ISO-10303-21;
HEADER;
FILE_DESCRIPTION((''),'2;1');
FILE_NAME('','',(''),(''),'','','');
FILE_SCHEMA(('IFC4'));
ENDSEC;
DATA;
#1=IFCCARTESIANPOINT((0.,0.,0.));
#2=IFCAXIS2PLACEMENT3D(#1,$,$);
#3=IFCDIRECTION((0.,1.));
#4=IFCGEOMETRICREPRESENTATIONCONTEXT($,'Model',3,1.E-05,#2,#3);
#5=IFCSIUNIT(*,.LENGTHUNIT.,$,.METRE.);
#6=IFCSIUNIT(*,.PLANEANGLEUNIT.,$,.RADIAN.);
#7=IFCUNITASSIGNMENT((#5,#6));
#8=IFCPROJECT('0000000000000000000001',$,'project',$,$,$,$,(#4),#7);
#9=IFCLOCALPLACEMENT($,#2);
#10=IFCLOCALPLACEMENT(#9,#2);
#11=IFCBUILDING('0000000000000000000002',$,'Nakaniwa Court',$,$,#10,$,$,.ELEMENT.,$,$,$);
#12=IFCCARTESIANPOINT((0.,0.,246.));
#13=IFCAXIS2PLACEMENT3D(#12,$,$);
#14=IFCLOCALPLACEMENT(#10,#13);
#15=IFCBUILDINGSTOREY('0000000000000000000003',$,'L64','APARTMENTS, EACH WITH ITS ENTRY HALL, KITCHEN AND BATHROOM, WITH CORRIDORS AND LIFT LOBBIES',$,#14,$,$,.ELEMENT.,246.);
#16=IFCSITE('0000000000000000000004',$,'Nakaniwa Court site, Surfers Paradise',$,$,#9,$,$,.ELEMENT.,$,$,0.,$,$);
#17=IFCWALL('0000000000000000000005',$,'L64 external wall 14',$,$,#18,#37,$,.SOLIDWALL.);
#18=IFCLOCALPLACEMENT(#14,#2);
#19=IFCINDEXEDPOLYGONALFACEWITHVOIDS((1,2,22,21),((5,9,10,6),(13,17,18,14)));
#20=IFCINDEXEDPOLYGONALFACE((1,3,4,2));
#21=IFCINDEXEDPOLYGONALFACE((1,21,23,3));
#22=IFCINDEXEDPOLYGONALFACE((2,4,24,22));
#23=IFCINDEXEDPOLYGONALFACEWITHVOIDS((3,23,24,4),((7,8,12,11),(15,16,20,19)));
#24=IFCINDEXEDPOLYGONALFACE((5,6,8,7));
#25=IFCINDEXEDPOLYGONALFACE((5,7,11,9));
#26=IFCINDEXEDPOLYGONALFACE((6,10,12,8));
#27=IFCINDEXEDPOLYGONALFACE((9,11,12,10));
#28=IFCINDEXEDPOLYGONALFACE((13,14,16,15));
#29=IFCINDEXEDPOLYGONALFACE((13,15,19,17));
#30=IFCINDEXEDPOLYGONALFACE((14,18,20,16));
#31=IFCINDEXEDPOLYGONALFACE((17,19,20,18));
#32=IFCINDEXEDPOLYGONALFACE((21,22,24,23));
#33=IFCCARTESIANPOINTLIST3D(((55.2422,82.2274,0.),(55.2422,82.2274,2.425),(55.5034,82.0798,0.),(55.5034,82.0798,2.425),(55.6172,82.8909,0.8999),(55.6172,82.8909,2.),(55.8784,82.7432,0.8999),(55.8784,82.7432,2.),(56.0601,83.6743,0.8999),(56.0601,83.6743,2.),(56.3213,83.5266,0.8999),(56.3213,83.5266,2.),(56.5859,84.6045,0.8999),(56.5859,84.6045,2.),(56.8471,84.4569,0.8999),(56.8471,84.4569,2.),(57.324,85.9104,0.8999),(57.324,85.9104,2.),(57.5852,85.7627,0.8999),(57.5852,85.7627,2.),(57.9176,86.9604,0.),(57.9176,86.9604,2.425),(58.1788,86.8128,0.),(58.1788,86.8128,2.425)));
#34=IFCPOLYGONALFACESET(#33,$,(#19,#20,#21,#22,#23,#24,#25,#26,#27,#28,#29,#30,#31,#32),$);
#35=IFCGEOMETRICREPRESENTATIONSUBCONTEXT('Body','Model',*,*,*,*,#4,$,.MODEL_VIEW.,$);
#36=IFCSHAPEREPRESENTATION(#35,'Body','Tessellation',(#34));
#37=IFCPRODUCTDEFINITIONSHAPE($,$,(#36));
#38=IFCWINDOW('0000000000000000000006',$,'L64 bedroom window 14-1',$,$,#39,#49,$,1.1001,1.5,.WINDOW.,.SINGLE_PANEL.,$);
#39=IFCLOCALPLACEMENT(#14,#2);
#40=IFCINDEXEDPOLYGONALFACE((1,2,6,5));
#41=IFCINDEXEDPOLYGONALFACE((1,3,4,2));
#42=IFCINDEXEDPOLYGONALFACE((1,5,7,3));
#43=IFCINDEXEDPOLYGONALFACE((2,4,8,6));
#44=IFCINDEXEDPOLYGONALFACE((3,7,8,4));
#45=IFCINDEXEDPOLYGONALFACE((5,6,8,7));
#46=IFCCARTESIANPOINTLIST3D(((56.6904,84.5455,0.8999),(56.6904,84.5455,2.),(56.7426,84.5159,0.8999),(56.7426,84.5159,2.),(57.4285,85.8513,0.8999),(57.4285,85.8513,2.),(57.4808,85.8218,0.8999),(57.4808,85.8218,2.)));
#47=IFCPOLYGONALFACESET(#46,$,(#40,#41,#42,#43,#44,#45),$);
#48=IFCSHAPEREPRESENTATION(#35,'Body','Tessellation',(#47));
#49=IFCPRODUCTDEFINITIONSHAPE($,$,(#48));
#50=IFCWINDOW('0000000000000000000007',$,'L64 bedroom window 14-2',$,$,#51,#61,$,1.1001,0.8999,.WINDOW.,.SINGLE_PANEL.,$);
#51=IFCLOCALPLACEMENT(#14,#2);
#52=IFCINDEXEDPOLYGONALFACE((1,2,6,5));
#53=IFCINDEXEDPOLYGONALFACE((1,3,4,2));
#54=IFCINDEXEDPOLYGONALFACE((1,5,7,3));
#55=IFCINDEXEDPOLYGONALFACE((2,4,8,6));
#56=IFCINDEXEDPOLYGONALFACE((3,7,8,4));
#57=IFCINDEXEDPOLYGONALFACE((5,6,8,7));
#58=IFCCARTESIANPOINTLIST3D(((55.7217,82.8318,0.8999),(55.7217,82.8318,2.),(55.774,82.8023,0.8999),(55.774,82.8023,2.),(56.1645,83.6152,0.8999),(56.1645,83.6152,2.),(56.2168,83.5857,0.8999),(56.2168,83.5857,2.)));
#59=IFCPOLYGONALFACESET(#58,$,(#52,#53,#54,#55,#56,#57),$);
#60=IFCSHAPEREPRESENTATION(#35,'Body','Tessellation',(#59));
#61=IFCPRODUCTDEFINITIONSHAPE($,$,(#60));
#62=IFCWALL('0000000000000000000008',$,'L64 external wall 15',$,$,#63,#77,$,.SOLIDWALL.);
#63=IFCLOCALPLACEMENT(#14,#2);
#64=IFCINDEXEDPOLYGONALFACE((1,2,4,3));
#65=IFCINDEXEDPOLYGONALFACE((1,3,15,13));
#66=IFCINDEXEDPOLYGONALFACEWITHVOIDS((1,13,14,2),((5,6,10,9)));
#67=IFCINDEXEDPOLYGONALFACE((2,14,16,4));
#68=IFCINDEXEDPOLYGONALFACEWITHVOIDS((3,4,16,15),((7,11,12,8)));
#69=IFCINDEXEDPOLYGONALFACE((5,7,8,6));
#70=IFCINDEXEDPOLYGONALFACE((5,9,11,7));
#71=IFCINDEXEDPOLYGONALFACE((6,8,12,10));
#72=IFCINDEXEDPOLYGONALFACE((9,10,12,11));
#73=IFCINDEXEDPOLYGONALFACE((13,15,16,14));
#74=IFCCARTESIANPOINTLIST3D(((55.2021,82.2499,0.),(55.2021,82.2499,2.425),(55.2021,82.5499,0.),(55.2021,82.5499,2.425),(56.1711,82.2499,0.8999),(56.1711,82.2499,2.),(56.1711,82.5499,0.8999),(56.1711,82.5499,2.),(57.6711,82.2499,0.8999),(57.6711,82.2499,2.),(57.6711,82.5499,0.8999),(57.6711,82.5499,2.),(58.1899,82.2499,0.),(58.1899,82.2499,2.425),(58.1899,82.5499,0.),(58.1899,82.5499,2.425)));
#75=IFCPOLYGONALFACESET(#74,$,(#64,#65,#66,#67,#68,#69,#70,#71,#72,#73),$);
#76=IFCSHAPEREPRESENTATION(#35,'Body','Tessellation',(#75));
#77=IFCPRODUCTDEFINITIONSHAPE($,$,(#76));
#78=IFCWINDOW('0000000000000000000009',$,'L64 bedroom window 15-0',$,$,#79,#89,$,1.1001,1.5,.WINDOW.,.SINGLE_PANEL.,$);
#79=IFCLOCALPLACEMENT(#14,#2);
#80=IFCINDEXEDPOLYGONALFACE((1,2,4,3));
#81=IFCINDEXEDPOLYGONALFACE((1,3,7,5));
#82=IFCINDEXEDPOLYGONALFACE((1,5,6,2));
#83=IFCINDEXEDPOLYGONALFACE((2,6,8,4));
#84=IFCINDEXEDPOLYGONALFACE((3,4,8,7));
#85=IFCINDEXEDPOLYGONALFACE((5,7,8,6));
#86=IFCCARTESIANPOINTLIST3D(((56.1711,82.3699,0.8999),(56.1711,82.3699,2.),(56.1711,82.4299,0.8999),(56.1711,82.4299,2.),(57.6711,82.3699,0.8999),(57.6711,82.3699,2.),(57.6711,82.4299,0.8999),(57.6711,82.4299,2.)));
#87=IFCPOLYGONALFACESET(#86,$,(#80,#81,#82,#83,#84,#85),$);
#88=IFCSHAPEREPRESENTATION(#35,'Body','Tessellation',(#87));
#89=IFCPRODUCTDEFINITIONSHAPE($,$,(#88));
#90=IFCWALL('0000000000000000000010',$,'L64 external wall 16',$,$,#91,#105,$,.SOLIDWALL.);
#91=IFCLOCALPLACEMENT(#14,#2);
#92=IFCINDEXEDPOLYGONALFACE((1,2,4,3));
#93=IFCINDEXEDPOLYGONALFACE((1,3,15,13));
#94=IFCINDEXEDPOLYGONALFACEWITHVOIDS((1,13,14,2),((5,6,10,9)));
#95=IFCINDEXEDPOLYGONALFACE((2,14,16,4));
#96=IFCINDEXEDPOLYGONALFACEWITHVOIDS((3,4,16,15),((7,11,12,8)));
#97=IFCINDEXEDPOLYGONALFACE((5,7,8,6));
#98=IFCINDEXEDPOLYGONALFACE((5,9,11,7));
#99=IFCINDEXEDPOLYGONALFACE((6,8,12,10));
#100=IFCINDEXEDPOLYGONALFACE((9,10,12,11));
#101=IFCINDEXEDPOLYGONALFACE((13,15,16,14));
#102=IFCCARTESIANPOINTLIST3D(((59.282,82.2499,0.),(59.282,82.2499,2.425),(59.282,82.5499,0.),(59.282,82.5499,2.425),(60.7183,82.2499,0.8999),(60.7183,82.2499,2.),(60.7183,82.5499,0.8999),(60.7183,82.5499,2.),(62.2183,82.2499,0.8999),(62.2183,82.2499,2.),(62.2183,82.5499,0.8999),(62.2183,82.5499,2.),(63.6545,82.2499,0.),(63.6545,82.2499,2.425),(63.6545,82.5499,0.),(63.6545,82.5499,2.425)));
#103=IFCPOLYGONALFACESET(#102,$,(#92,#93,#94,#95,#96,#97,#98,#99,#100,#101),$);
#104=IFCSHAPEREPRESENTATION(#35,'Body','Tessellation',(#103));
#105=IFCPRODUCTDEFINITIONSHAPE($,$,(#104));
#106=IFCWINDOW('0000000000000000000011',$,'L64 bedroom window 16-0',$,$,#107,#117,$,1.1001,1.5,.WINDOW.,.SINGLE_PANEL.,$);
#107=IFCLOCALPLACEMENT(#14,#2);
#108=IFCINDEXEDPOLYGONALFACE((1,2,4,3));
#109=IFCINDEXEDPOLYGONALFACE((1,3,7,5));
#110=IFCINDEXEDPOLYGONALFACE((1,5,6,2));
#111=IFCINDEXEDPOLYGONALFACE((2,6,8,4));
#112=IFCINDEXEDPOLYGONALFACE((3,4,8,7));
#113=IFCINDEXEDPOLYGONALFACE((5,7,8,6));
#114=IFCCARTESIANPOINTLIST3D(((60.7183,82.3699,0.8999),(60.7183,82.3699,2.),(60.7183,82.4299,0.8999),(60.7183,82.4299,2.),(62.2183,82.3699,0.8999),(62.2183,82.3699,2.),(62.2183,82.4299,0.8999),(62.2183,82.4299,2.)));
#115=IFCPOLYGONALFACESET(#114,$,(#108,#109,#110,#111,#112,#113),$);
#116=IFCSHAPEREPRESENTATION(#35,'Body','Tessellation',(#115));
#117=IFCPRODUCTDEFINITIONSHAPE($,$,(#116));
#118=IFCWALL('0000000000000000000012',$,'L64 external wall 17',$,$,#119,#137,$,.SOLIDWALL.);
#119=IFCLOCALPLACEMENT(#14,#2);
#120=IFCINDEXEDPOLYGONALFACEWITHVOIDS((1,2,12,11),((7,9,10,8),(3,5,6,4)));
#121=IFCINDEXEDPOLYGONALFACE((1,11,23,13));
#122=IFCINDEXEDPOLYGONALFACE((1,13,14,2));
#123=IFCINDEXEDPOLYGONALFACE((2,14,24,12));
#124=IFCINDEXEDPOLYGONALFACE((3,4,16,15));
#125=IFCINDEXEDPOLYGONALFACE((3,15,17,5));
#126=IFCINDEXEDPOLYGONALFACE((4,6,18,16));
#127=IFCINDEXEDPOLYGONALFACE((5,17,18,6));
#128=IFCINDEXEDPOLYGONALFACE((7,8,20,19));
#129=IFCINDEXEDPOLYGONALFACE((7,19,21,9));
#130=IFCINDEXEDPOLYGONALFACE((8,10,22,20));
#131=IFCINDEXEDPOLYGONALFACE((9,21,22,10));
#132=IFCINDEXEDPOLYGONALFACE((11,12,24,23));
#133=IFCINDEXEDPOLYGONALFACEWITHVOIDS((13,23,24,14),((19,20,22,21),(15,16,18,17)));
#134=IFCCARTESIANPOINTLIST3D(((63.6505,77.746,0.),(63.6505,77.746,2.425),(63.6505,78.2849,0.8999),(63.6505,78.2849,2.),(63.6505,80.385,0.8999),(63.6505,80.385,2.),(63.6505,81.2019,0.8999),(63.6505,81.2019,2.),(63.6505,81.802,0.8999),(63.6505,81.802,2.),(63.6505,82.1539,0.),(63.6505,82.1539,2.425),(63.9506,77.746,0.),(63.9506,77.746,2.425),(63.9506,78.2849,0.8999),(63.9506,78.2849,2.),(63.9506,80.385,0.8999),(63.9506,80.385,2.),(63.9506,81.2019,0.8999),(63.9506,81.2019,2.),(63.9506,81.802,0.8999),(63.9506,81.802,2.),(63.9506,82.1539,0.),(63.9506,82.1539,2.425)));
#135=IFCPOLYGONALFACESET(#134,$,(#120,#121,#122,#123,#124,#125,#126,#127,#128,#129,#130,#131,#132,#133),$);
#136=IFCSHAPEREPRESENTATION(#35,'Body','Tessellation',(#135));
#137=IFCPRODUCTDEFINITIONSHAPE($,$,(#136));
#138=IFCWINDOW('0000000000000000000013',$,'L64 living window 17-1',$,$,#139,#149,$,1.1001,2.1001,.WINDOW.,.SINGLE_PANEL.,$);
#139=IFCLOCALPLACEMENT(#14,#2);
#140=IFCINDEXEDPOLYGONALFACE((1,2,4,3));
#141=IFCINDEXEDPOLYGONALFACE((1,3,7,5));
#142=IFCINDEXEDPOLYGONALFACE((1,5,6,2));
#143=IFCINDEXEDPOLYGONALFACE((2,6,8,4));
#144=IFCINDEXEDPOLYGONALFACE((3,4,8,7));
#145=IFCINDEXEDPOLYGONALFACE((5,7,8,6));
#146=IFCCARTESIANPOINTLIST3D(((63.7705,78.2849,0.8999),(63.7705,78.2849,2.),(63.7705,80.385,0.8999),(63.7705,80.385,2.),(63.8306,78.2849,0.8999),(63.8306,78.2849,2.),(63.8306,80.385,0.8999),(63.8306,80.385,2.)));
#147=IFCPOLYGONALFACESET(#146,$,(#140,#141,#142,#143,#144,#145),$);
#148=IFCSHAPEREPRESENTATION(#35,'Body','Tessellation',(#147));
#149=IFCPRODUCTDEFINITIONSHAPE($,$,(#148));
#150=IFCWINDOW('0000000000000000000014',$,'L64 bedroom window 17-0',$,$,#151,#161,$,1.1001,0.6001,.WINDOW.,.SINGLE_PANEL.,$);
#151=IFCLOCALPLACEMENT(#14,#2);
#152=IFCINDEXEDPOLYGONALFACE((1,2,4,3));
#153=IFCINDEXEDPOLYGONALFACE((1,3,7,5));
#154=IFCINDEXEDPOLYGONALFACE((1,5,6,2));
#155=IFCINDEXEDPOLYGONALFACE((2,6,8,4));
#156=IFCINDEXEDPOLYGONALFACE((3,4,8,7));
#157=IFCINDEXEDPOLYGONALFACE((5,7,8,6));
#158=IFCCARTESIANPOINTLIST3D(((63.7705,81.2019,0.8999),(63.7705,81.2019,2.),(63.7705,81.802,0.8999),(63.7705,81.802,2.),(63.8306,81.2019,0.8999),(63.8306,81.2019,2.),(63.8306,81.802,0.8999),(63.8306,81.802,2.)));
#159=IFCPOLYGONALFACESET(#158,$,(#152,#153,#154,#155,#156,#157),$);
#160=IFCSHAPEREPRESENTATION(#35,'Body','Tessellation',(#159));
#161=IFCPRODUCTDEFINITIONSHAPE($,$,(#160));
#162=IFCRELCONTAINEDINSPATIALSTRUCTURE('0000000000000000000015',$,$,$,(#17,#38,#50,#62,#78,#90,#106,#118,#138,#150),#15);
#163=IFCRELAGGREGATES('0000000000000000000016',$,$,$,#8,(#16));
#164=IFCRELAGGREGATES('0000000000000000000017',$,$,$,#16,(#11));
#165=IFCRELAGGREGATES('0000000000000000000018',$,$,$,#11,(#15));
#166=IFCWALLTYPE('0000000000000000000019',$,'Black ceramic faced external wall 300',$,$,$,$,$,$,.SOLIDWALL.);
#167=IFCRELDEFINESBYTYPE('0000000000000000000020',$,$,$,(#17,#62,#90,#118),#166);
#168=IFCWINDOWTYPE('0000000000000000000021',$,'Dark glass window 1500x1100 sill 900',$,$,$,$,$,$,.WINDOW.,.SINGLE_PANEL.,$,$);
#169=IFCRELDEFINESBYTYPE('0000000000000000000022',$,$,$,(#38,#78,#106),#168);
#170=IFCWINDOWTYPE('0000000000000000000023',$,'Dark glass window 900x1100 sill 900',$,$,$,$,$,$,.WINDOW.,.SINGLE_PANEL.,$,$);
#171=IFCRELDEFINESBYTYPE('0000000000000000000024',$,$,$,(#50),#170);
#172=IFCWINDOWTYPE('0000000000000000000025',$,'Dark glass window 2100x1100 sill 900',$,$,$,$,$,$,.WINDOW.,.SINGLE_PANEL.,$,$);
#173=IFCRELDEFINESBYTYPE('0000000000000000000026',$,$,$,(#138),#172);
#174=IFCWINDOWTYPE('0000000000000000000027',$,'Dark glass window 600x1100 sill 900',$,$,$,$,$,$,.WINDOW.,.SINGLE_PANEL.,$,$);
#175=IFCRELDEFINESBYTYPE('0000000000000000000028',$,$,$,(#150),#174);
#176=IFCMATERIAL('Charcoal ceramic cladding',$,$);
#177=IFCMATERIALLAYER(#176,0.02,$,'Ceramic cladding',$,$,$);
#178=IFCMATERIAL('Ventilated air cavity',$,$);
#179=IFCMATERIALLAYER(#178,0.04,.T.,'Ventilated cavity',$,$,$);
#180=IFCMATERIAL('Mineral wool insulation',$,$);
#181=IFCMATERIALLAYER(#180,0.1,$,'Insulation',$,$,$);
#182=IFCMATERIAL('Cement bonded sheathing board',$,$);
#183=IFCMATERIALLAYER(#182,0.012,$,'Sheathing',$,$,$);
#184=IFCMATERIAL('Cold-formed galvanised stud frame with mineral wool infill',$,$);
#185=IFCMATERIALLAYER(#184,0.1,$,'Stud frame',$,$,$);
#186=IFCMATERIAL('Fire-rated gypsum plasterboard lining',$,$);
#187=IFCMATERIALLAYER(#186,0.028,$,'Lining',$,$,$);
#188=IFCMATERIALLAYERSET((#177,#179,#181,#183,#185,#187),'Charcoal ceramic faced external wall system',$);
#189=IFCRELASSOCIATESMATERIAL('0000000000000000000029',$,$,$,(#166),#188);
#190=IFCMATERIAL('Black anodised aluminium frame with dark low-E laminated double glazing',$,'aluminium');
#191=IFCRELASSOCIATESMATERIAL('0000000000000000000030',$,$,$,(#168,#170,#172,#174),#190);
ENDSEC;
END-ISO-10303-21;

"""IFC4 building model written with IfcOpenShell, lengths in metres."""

from ifc_helpers import new_model, si_unit, direction, frame, frame_2d, origin, place, context, subcontext, project, spatial, rectangle, extrude, material, layer, layer_set, type_object, element, fill, save


model = new_model("IFC4")

# Units and contexts
model_context = context("Model", 3, precision=1e-05, world=origin(), true_north=direction((0.0, 1.0)))
body_context = subcontext(model_context, "Body", "Model", "MODEL_VIEW")
ifc_project = project(units=[si_unit("LENGTHUNIT", "METRE"), si_unit("PLANEANGLEUNIT", "RADIAN")], contexts=[model_context])

# Site, building, storey
site_placement = place(None, origin())
site = spatial("IfcSite", under=ifc_project, at=site_placement, Name="Nakaniwa Court site, Surfers Paradise", CompositionType="ELEMENT", RefElevation=0.0)
building_placement = place(site_placement, origin())
building = spatial("IfcBuilding", under=site, at=building_placement, Name="Nakaniwa Court", CompositionType="ELEMENT")
storey_placement = place(building_placement, frame((0.0, 0.0, 246.0)))
storey = spatial("IfcBuildingStorey", under=building, at=storey_placement, Name="L64", Description="APARTMENTS, EACH WITH ITS ENTRY HALL, KITCHEN AND BATHROOM, WITH CORRIDORS AND LIFT LOBBIES", CompositionType="ELEMENT", Elevation=246.0)

# Shared definitions
ifc_material_1 = material(Name="Charcoal ceramic cladding")
ifc_layer_1 = layer(ifc_material_1, 0.02, Name="Ceramic cladding")
ifc_material_2 = material(Name="Ventilated air cavity")
ifc_layer_2 = layer(ifc_material_2, 0.04, ventilated=True, Name="Ventilated cavity")
ifc_material_3 = material(Name="Mineral wool insulation")
ifc_layer_3 = layer(ifc_material_3, 0.1, Name="Insulation")
ifc_material_4 = material(Name="Cement bonded sheathing board")
ifc_layer_4 = layer(ifc_material_4, 0.012, Name="Sheathing")
ifc_material_5 = material(Name="Cold-formed galvanised stud frame with mineral wool infill")
ifc_layer_5 = layer(ifc_material_5, 0.1, Name="Stud frame")
ifc_material_6 = material(Name="Fire-rated gypsum plasterboard lining")
ifc_layer_6 = layer(ifc_material_6, 0.028, Name="Lining")
ifc_layer_set_1 = layer_set([ifc_layer_1, ifc_layer_2, ifc_layer_3, ifc_layer_4, ifc_layer_5, ifc_layer_6], Name="Charcoal ceramic faced external wall system")
wall_type_1 = type_object("IfcWallType", Name="Black ceramic faced external wall 300", PredefinedType="SOLIDWALL", material=ifc_layer_set_1)

# Wall, openings, windows
wall_1_placement = place(storey_placement, frame((58.0481, 86.8865, 0.0), z_axis=(0.0, 0.0, 1.0), x_axis=(-0.492081, -0.870549, 0.0)))
wall_1 = element("IfcWall", 1, at=wall_1_placement, inside=storey, type_object=wall_type_1, Name="L64 external wall 14", PredefinedType="SOLIDWALL", context=body_context, shape_type="SweptSolid", body=[
    extrude(rectangle(XDim=5.4368, YDim=0.3, at=frame_2d((2.7183, 0.0))), origin(), (0.0, 0.0, 1.0), 2.425),
])
opening_1_placement = place(wall_1_placement, frame((1.2061, 0.0, 0.8999)))
opening_1 = element("IfcOpeningElement", 2, at=opening_1_placement, cuts=wall_1, PredefinedType="OPENING", context=body_context, shape_type="SweptSolid", body=[
    extrude(rectangle(XDim=1.5, YDim=1.1001, at=frame_2d((0.75, 0.55))), frame((0.0, 0.1599, 0.0), z_axis=(0.0, -1.0, 0.0), x_axis=(1.0, 0.0, 0.0)), (0.0, 0.0, 1.0), 0.3201),
])
opening_2_placement = place(wall_1_placement, frame((3.7747, 0.0, 0.8999)))
opening_2 = element("IfcOpeningElement", 3, at=opening_2_placement, cuts=wall_1, PredefinedType="OPENING", context=body_context, shape_type="SweptSolid", body=[
    extrude(rectangle(XDim=0.8999, YDim=1.1001, at=frame_2d((0.45, 0.55))), frame((0.0, 0.1599, 0.0), z_axis=(0.0, -1.0, 0.0), x_axis=(1.0, 0.0, 0.0)), (0.0, 0.0, 1.0), 0.3201),
])
ifc_material_7 = material(Name="Black anodised aluminium frame with dark low-E laminated double glazing", Category="aluminium")
window_type_1 = type_object("IfcWindowType", Name="Dark glass window 1500x1100 sill 900", PartitioningType="SINGLE_PANEL", PredefinedType="WINDOW", material=ifc_material_7)
window_1_placement = place(opening_1_placement, origin())
window_1 = element("IfcWindow", 4, at=window_1_placement, inside=storey, type_object=window_type_1, Name="L64 bedroom window 14-1", OverallHeight=1.1001, OverallWidth=1.5, PartitioningType="SINGLE_PANEL", PredefinedType="WINDOW", context=body_context, shape_type="SweptSolid", body=[
    extrude(rectangle(XDim=1.5, YDim=1.1001, at=frame_2d((0.75, 0.55))), frame((0.0, 0.03, 0.0), z_axis=(0.0, -1.0, 0.0), x_axis=(1.0, 0.0, 0.0)), (0.0, 0.0, 1.0), 0.0601),
])
fill(opening_1, window_1)
window_type_2 = type_object("IfcWindowType", Name="Dark glass window 900x1100 sill 900", PartitioningType="SINGLE_PANEL", PredefinedType="WINDOW", material=ifc_material_7)
window_2_placement = place(opening_2_placement, origin())
window_2 = element("IfcWindow", 5, at=window_2_placement, inside=storey, type_object=window_type_2, Name="L64 bedroom window 14-2", OverallHeight=1.1001, OverallWidth=0.8999, PartitioningType="SINGLE_PANEL", PredefinedType="WINDOW", context=body_context, shape_type="SweptSolid", body=[
    extrude(rectangle(XDim=0.8999, YDim=1.1001, at=frame_2d((0.45, 0.55))), frame((0.0, 0.03, 0.0), z_axis=(0.0, -1.0, 0.0), x_axis=(1.0, 0.0, 0.0)), (0.0, 0.0, 1.0), 0.0601),
])
fill(opening_2, window_2)

# Walls, openings, windows
wall_2_placement = place(storey_placement, frame((55.2021, 82.3999, 0.0), z_axis=(0.0, 0.0, 1.0), x_axis=(1.0, 0.0, 0.0)))
wall_2 = element("IfcWall", 6, at=wall_2_placement, inside=storey, type_object=wall_type_1, Name="L64 external wall 15", PredefinedType="SOLIDWALL", context=body_context, shape_type="SweptSolid", body=[
    extrude(rectangle(XDim=2.9878, YDim=0.3, at=frame_2d((1.4939, 0.0))), origin(), (0.0, 0.0, 1.0), 2.425),
])
opening_3_placement = place(wall_2_placement, frame((0.969, 0.0, 0.8999)))
opening_3 = element("IfcOpeningElement", 7, at=opening_3_placement, cuts=wall_2, PredefinedType="OPENING", context=body_context, shape_type="SweptSolid", body=[
    extrude(rectangle(XDim=1.5, YDim=1.1001, at=frame_2d((0.75, 0.55))), frame((0.0, 0.1599, 0.0), z_axis=(0.0, -1.0, 0.0), x_axis=(1.0, 0.0, 0.0)), (0.0, 0.0, 1.0), 0.3201),
])
window_3_placement = place(opening_3_placement, origin())
window_3 = element("IfcWindow", 8, at=window_3_placement, inside=storey, type_object=window_type_1, Name="L64 bedroom window 15-0", OverallHeight=1.1001, OverallWidth=1.5, PartitioningType="SINGLE_PANEL", PredefinedType="WINDOW", context=body_context, shape_type="SweptSolid", body=[
    extrude(rectangle(XDim=1.5, YDim=1.1001, at=frame_2d((0.75, 0.55))), frame((0.0, 0.03, 0.0), z_axis=(0.0, -1.0, 0.0), x_axis=(1.0, 0.0, 0.0)), (0.0, 0.0, 1.0), 0.0601),
])
fill(opening_3, window_3)
wall_3_placement = place(storey_placement, frame((59.282, 82.3999, 0.0), z_axis=(0.0, 0.0, 1.0), x_axis=(1.0, 0.0, 0.0)))
wall_3 = element("IfcWall", 9, at=wall_3_placement, inside=storey, type_object=wall_type_1, Name="L64 external wall 16", PredefinedType="SOLIDWALL", context=body_context, shape_type="SweptSolid", body=[
    extrude(rectangle(XDim=4.3726, YDim=0.3, at=frame_2d((2.1863, 0.0))), origin(), (0.0, 0.0, 1.0), 2.425),
])
opening_4_placement = place(wall_3_placement, frame((1.4363, 0.0, 0.8999)))
opening_4 = element("IfcOpeningElement", 10, at=opening_4_placement, cuts=wall_3, PredefinedType="OPENING", context=body_context, shape_type="SweptSolid", body=[
    extrude(rectangle(XDim=1.5, YDim=1.1001, at=frame_2d((0.75, 0.55))), frame((0.0, 0.1599, 0.0), z_axis=(0.0, -1.0, 0.0), x_axis=(1.0, 0.0, 0.0)), (0.0, 0.0, 1.0), 0.3201),
])
window_4_placement = place(opening_4_placement, origin())
window_4 = element("IfcWindow", 11, at=window_4_placement, inside=storey, type_object=window_type_1, Name="L64 bedroom window 16-0", OverallHeight=1.1001, OverallWidth=1.5, PartitioningType="SINGLE_PANEL", PredefinedType="WINDOW", context=body_context, shape_type="SweptSolid", body=[
    extrude(rectangle(XDim=1.5, YDim=1.1001, at=frame_2d((0.75, 0.55))), frame((0.0, 0.03, 0.0), z_axis=(0.0, -1.0, 0.0), x_axis=(1.0, 0.0, 0.0)), (0.0, 0.0, 1.0), 0.0601),
])
fill(opening_4, window_4)

# Wall, openings, windows
wall_4_placement = place(storey_placement, frame((63.8005, 82.1541, 0.0), z_axis=(0.0, 0.0, 1.0), x_axis=(0.0, -1.0, 0.0)))
wall_4 = element("IfcWall", 12, at=wall_4_placement, inside=storey, type_object=wall_type_1, Name="L64 external wall 17", PredefinedType="SOLIDWALL", context=body_context, shape_type="SweptSolid", body=[
    extrude(rectangle(XDim=4.408, YDim=0.3, at=frame_2d((2.2041, 0.0))), origin(), (0.0, 0.0, 1.0), 2.425),
])
opening_5_placement = place(wall_4_placement, frame((0.3521, 0.0, 0.8999)))
opening_5 = element("IfcOpeningElement", 13, at=opening_5_placement, cuts=wall_4, PredefinedType="OPENING", context=body_context, shape_type="SweptSolid", body=[
    extrude(rectangle(XDim=0.6001, YDim=1.1001, at=frame_2d((0.3, 0.55))), frame((0.0, 0.1599, 0.0), z_axis=(0.0, -1.0, 0.0), x_axis=(1.0, 0.0, 0.0)), (0.0, 0.0, 1.0), 0.3201),
])
opening_6_placement = place(wall_4_placement, frame((1.769, 0.0, 0.8999)))
opening_6 = element("IfcOpeningElement", 14, at=opening_6_placement, cuts=wall_4, PredefinedType="OPENING", context=body_context, shape_type="SweptSolid", body=[
    extrude(rectangle(XDim=2.1001, YDim=1.1001, at=frame_2d((1.05, 0.55))), frame((0.0, 0.1599, 0.0), z_axis=(0.0, -1.0, 0.0), x_axis=(1.0, 0.0, 0.0)), (0.0, 0.0, 1.0), 0.3201),
])
window_type_3 = type_object("IfcWindowType", Name="Dark glass window 2100x1100 sill 900", PartitioningType="SINGLE_PANEL", PredefinedType="WINDOW", material=ifc_material_7)
window_5_placement = place(opening_6_placement, origin())
window_5 = element("IfcWindow", 15, at=window_5_placement, inside=storey, type_object=window_type_3, Name="L64 living window 17-1", OverallHeight=1.1001, OverallWidth=2.1001, PartitioningType="SINGLE_PANEL", PredefinedType="WINDOW", context=body_context, shape_type="SweptSolid", body=[
    extrude(rectangle(XDim=2.1001, YDim=1.1001, at=frame_2d((1.05, 0.55))), frame((0.0, 0.03, 0.0), z_axis=(0.0, -1.0, 0.0), x_axis=(1.0, 0.0, 0.0)), (0.0, 0.0, 1.0), 0.0601),
])
fill(opening_6, window_5)
window_type_4 = type_object("IfcWindowType", Name="Dark glass window 600x1100 sill 900", PartitioningType="SINGLE_PANEL", PredefinedType="WINDOW", material=ifc_material_7)
window_6_placement = place(opening_5_placement, origin())
window_6 = element("IfcWindow", 16, at=window_6_placement, inside=storey, type_object=window_type_4, Name="L64 bedroom window 17-0", OverallHeight=1.1001, OverallWidth=0.6001, PartitioningType="SINGLE_PANEL", PredefinedType="WINDOW", context=body_context, shape_type="SweptSolid", body=[
    extrude(rectangle(XDim=0.6001, YDim=1.1001, at=frame_2d((0.3, 0.55))), frame((0.0, 0.03, 0.0), z_axis=(0.0, -1.0, 0.0), x_axis=(1.0, 0.0, 0.0)), (0.0, 0.0, 1.0), 0.0601),
])
fill(opening_5, window_6)

save(model, "model.ifc")
